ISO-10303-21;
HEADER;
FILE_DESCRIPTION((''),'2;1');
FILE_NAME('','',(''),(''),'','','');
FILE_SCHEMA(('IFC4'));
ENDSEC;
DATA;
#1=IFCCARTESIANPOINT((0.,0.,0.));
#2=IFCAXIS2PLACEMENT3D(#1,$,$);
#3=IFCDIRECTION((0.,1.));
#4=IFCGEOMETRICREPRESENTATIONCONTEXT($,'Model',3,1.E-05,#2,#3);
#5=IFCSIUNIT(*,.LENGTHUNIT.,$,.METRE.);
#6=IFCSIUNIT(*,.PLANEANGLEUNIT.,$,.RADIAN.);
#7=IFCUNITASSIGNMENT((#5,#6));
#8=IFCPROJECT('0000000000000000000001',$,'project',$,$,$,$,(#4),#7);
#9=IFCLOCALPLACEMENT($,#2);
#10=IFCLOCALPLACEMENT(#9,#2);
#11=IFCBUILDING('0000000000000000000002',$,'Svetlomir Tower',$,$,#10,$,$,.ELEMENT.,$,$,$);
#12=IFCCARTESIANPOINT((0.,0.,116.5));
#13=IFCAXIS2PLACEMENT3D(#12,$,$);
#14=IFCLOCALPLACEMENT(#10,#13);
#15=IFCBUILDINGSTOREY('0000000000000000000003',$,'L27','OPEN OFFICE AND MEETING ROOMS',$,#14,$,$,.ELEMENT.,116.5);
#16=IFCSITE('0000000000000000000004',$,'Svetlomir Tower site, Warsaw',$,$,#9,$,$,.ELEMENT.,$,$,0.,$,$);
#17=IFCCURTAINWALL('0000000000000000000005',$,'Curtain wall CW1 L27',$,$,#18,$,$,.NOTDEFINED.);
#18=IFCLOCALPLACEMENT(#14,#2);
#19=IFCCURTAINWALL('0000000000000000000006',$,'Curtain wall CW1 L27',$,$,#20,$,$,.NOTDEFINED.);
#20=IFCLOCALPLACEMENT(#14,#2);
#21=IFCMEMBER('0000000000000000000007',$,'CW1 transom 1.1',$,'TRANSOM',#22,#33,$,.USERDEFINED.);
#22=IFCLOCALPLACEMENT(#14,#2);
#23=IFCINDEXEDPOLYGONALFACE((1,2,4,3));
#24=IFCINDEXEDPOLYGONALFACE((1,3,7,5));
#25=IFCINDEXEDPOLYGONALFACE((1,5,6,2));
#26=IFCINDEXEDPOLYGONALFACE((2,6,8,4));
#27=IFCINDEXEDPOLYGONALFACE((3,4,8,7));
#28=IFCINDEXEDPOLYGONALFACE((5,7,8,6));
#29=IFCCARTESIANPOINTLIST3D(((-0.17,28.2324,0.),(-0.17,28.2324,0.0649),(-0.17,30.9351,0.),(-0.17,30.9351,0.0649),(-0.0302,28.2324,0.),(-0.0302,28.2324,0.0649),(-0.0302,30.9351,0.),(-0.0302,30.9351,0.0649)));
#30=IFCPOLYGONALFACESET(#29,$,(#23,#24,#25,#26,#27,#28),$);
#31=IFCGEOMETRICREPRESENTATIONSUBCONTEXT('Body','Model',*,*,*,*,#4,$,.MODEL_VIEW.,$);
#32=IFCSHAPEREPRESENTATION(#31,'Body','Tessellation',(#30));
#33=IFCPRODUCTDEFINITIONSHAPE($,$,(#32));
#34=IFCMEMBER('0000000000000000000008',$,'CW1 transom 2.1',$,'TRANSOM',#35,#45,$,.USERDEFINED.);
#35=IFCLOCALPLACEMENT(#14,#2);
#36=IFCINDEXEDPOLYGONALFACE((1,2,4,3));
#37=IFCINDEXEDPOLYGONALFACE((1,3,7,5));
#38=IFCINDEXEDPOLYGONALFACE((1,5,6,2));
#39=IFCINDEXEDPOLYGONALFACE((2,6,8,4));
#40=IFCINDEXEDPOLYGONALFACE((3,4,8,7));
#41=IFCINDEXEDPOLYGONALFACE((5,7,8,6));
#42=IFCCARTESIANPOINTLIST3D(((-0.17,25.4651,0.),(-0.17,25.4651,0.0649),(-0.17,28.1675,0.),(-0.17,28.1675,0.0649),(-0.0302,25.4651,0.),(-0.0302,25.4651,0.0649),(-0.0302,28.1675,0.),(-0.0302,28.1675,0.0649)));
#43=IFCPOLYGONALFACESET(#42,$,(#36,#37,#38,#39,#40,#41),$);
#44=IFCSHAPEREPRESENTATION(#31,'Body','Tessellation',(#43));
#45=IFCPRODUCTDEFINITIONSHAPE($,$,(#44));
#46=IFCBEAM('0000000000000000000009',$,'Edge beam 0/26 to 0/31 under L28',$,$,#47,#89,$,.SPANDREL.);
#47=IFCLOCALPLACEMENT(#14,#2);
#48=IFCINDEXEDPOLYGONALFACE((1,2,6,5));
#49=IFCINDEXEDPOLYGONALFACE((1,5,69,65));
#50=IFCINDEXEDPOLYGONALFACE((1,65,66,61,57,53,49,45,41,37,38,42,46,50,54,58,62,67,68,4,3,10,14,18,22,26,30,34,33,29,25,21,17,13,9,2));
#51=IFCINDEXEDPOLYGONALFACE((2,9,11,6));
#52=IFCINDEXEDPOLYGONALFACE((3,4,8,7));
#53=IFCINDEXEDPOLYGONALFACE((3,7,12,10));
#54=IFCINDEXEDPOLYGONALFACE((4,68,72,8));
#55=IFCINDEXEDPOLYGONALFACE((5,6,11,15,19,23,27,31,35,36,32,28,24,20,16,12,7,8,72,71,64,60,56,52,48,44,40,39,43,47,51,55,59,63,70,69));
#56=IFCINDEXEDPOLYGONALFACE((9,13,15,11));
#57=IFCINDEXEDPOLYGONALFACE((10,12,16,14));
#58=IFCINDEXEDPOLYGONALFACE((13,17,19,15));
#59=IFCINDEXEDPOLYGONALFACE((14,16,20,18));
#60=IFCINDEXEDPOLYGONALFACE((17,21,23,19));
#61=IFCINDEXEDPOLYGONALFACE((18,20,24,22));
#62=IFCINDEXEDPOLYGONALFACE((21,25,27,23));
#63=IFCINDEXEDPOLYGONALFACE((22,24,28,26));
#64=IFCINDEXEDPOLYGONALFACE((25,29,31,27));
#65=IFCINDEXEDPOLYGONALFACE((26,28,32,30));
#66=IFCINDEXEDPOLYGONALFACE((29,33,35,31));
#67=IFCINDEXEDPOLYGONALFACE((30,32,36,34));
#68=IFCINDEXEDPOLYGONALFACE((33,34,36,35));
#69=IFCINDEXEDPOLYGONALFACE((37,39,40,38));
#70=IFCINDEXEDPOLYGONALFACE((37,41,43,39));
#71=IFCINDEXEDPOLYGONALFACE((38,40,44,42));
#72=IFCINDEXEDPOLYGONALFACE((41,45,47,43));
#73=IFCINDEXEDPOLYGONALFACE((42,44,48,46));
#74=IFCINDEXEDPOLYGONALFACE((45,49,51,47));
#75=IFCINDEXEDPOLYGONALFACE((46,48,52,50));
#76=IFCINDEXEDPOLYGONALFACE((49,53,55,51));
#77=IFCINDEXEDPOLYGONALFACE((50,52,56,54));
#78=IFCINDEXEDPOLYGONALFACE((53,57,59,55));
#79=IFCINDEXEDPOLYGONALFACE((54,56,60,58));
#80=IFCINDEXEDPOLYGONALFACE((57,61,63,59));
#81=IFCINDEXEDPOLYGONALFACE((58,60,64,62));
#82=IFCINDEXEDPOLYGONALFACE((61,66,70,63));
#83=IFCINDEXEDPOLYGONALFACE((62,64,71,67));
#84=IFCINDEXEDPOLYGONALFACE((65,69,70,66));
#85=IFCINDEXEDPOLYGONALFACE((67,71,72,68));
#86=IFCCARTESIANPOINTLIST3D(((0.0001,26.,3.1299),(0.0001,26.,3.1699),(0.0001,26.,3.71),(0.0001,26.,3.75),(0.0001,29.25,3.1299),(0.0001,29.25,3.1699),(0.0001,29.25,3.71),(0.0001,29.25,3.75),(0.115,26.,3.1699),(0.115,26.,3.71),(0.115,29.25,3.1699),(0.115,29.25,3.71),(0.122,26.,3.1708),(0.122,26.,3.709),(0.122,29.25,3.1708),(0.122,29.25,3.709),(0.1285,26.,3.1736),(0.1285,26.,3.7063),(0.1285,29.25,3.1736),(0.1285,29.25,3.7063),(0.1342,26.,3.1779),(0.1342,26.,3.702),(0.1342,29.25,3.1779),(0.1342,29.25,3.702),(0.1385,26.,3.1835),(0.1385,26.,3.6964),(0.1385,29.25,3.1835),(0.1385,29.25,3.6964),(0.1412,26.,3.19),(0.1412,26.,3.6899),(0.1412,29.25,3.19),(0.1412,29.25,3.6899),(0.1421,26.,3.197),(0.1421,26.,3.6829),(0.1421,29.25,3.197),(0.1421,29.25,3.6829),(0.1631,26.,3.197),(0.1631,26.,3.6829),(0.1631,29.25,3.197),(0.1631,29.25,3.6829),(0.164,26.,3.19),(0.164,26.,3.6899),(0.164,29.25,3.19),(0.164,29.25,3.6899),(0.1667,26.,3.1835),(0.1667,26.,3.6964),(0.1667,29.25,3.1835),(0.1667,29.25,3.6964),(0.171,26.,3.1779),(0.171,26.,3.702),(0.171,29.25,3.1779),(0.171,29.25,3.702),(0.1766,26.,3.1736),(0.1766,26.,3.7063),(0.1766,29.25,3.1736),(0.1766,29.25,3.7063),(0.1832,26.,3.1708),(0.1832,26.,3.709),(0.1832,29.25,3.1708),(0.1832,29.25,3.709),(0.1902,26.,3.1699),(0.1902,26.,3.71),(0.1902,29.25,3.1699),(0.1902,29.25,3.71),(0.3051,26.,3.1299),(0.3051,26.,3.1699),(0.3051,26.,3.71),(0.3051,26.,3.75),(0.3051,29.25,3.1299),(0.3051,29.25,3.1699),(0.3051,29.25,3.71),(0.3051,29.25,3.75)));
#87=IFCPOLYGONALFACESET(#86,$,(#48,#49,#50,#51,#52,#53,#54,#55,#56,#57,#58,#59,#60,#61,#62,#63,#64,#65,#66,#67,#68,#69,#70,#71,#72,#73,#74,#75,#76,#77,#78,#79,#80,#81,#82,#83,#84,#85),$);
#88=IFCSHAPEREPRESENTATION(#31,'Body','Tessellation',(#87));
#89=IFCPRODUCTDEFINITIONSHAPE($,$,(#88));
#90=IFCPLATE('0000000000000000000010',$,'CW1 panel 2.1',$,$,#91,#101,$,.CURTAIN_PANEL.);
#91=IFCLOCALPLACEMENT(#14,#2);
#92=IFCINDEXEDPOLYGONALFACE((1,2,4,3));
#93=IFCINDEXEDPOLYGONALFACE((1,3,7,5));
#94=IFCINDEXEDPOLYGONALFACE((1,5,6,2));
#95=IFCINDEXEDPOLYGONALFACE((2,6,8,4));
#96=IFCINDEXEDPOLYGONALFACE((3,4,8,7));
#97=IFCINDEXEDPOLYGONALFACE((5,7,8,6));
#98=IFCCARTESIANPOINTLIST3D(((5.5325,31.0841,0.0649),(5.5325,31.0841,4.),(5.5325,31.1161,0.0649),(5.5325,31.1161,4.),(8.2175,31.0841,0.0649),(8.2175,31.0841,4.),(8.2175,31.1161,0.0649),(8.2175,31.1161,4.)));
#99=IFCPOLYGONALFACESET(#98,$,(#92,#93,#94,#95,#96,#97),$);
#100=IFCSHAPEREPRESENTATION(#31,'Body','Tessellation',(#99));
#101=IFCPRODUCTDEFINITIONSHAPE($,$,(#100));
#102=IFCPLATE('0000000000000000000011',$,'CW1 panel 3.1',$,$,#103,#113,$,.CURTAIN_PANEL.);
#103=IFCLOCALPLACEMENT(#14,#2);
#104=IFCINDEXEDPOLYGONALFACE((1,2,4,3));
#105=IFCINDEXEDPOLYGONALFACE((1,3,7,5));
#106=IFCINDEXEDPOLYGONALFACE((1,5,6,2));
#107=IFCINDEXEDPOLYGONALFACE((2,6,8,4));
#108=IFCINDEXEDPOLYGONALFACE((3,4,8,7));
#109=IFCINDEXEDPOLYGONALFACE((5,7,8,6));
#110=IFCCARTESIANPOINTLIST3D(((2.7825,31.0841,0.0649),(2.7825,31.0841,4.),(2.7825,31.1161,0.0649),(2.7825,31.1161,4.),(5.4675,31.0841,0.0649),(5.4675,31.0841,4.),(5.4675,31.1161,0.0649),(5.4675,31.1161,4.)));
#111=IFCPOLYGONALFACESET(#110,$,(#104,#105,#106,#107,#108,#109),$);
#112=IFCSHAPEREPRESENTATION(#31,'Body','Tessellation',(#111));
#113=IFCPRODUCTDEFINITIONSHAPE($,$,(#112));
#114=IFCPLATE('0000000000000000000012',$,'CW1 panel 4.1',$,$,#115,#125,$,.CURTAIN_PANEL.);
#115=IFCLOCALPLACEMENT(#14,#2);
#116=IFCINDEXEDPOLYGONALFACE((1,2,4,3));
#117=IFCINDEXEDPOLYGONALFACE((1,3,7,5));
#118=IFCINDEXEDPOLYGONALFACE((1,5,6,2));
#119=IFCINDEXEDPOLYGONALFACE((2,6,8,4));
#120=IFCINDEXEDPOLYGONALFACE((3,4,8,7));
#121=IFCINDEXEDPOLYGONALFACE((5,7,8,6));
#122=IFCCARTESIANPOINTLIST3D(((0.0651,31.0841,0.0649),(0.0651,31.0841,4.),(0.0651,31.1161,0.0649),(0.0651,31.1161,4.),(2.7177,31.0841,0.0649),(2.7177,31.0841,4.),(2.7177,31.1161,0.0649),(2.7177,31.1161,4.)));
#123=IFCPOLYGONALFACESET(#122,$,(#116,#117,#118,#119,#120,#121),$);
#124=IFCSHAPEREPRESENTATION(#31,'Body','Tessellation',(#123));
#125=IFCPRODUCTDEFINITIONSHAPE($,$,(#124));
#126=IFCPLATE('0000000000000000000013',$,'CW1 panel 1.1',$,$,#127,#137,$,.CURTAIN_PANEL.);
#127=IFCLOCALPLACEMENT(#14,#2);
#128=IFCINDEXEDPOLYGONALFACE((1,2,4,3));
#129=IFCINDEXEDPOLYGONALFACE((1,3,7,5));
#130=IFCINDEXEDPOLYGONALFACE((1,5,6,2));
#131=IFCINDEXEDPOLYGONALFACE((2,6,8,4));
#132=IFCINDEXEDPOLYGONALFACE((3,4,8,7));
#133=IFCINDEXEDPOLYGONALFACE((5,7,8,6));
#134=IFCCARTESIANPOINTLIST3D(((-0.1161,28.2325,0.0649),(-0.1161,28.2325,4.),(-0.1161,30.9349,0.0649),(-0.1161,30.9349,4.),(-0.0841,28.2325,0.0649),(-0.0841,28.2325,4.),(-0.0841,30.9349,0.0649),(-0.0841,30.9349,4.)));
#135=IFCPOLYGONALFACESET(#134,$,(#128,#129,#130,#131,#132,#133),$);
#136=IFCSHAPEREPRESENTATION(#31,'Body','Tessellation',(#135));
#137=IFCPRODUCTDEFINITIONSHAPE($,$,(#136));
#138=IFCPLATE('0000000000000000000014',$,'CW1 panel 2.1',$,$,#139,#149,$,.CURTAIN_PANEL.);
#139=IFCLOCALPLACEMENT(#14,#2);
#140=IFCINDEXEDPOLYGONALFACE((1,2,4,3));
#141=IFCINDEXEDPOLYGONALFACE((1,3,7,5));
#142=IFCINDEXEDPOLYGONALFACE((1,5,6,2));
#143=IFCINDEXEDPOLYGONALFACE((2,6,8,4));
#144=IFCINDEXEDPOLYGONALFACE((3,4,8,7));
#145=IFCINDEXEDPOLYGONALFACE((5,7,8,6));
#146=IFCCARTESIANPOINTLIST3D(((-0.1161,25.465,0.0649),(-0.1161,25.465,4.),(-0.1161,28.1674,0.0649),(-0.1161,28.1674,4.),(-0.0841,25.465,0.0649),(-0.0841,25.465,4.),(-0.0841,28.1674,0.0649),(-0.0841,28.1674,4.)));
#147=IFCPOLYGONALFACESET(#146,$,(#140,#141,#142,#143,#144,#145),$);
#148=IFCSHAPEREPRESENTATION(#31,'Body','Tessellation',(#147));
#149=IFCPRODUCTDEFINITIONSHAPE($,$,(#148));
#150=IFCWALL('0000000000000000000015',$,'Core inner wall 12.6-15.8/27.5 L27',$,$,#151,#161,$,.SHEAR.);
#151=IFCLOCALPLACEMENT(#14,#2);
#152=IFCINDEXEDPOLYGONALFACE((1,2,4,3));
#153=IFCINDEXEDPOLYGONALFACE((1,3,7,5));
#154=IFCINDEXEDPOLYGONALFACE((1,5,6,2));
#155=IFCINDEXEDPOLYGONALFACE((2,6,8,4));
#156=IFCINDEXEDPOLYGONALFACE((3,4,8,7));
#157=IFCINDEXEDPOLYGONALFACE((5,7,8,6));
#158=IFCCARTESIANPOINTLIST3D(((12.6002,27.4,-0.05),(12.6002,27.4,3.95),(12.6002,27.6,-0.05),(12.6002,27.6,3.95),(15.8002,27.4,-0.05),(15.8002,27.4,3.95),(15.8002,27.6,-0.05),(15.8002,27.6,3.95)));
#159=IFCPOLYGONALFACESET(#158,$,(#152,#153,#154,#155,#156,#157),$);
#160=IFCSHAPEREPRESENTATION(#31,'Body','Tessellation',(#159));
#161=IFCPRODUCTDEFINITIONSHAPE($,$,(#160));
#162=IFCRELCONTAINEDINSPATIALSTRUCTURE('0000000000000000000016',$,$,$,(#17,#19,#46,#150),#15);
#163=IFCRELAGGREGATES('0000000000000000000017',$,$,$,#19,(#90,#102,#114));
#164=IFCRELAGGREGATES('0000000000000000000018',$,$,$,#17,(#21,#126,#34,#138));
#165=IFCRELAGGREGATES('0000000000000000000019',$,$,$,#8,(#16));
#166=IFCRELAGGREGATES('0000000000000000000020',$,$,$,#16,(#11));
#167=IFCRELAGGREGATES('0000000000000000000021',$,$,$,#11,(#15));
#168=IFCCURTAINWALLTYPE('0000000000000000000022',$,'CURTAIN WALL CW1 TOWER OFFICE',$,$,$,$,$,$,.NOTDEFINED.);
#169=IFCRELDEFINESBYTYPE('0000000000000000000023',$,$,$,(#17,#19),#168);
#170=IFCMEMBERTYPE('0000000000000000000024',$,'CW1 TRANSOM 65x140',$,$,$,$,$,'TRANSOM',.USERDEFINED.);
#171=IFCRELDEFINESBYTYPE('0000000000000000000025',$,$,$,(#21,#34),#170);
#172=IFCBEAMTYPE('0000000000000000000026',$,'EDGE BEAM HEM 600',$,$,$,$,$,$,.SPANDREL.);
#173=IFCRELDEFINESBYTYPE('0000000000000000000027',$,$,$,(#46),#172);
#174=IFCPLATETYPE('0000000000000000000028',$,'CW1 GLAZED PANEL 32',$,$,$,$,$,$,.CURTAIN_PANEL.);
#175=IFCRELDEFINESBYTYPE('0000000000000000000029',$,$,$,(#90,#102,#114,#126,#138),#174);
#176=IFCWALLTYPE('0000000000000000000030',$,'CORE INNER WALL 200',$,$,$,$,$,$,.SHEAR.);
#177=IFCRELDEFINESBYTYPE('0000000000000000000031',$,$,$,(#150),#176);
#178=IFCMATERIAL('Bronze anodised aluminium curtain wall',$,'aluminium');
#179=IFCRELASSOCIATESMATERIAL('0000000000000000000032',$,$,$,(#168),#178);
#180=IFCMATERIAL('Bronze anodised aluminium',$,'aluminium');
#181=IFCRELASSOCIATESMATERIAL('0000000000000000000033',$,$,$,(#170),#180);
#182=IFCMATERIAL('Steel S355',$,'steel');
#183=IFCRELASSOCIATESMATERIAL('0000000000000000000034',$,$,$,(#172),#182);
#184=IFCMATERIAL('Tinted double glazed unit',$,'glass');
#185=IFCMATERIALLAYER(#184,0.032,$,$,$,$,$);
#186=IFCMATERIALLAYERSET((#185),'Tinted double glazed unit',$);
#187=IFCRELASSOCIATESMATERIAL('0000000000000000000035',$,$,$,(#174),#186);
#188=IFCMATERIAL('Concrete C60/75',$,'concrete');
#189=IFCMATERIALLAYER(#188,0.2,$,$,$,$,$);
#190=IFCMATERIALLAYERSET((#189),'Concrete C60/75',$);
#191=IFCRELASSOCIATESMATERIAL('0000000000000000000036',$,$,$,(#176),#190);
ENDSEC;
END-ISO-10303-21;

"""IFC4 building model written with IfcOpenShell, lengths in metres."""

from ifc_helpers import new_model, si_unit, direction, frame, frame_2d, origin, origin_2d, place, context, subcontext, project, spatial, rectangle, i_section, extrude, material, layer, layer_set, material_profile, profile_set, type_object, element, aggregate, save


model = new_model("IFC4")

# Units and contexts
model_context = context("Model", 3, precision=1e-05, world=origin(), true_north=direction((0.0, 1.0)))
body_context = subcontext(model_context, "Body", "Model", "MODEL_VIEW")
ifc_project = project(units=[si_unit("LENGTHUNIT", "METRE"), si_unit("PLANEANGLEUNIT", "RADIAN")], contexts=[model_context])

# Site, building, storey
site_placement = place(None, origin())
site = spatial("IfcSite", under=ifc_project, at=site_placement, Name="Svetlomir Tower site, Warsaw", CompositionType="ELEMENT", RefElevation=0.0)
building_placement = place(site_placement, origin())
building = spatial("IfcBuilding", under=site, at=building_placement, Name="Svetlomir Tower", CompositionType="ELEMENT")
storey_placement = place(building_placement, frame((0.0, 0.0, 116.5)))
storey = spatial("IfcBuildingStorey", under=building, at=storey_placement, Name="L27", Description="OPEN OFFICE AND MEETING ROOMS", CompositionType="ELEMENT", Elevation=116.5)

# Curtain wall
ifc_material_1 = material(Name="Bronze anodised aluminium curtain wall", Category="aluminium")
curtain_wall_type = type_object("IfcCurtainWallType", Name="CURTAIN WALL CW1 TOWER OFFICE", PredefinedType="NOTDEFINED", material=ifc_material_1)
curtain_wall_1_placement = place(storey_placement, origin())
curtain_wall_1 = element("IfcCurtainWall", 1, at=curtain_wall_1_placement, inside=storey, type_object=curtain_wall_type, Name="Curtain wall CW1 L27", PredefinedType="NOTDEFINED")

# Curtain wall
curtain_wall_2_placement = place(storey_placement, origin())
curtain_wall_2 = element("IfcCurtainWall", 2, at=curtain_wall_2_placement, inside=storey, type_object=curtain_wall_type, Name="Curtain wall CW1 L27", PredefinedType="NOTDEFINED")

# Members
ifc_material_2 = material(Name="Bronze anodised aluminium", Category="aluminium")
ifc_material_profile_1 = material_profile(ifc_material_2, rectangle(XDim=0.1399, YDim=0.0649, at=origin_2d()), Name="AL 140x65")
ifc_profile_set_1 = profile_set([ifc_material_profile_1], Name="Bronze anodised aluminium 6063-T6")
member_type_1 = type_object("IfcMemberType", Name="CW1 TRANSOM 65x140", ElementType="TRANSOM", PredefinedType="USERDEFINED", material=ifc_profile_set_1)
member_1_placement = place(storey_placement, frame((-0.1001, 30.9351, 0.0325), z_axis=(0.0, -1.0, 0.0), x_axis=(1.0, 0.0, 0.0)))
member_1 = element("IfcMember", 3, at=member_1_placement, type_object=member_type_1, Name="CW1 transom 1.1", ObjectType="TRANSOM", PredefinedType="USERDEFINED", context=body_context, shape_type="SweptSolid", body=[
    extrude(rectangle(XDim=0.1399, YDim=0.0649, at=origin_2d()), origin(), (0.0, 0.0, 1.0), 2.7026),
])
member_2_placement = place(storey_placement, frame((-0.1001, 28.1675, 0.0325), z_axis=(0.0, -1.0, 0.0), x_axis=(1.0, 0.0, 0.0)))
member_2 = element("IfcMember", 4, at=member_2_placement, type_object=member_type_1, Name="CW1 transom 2.1", ObjectType="TRANSOM", PredefinedType="USERDEFINED", context=body_context, shape_type="SweptSolid", body=[
    extrude(rectangle(XDim=0.1399, YDim=0.0649, at=origin_2d()), origin(), (0.0, 0.0, 1.0), 2.7024),
])

# Beam
ifc_material_3 = material(Name="Steel S355", Category="steel")
ifc_material_profile_2 = material_profile(ifc_material_3, i_section(OverallWidth=0.3049, OverallDepth=0.6201, WebThickness=0.021, FlangeThickness=0.04, FilletRadius=0.0271, at=origin_2d()), Name="HEM 600")
ifc_profile_set_2 = profile_set([ifc_material_profile_2], Name="Steel S355")
beam_type_1 = type_object("IfcBeamType", Name="EDGE BEAM HEM 600", PredefinedType="SPANDREL", material=ifc_profile_set_2)
beam_1_placement = place(storey_placement, frame((0.1526, 26.0, 3.4399), z_axis=(0.0, 1.0, 0.0), x_axis=(-1.0, 0.0, 0.0)))
element("IfcBeam", 5, at=beam_1_placement, inside=storey, type_object=beam_type_1, Name="Edge beam 0/26 to 0/31 under L28", PredefinedType="SPANDREL", context=body_context, shape_type="SweptSolid", body=[
    extrude(i_section(OverallWidth=0.3049, OverallDepth=0.6201, WebThickness=0.021, FlangeThickness=0.04, FilletRadius=0.0271, at=origin_2d()), origin(), (0.0, 0.0, 1.0), 3.25),
])

# Plates
ifc_material_4 = material(Name="Tinted double glazed unit", Category="glass")
ifc_layer_1 = layer(ifc_material_4, 0.032)
ifc_layer_set_1 = layer_set([ifc_layer_1], Name="Tinted double glazed unit")
plate_type = type_object("IfcPlateType", Name="CW1 GLAZED PANEL 32", PredefinedType="CURTAIN_PANEL", material=ifc_layer_set_1)
plate_1_placement = place(storey_placement, frame((6.875, 31.1001, 0.0649), z_axis=(0.0, 0.0, 1.0), x_axis=(-1.0, 0.0, 0.0)))
plate_1 = element("IfcPlate", 6, at=plate_1_placement, type_object=plate_type, Name="CW1 panel 2.1", PredefinedType="CURTAIN_PANEL", context=body_context, shape_type="SweptSolid", body=[
    extrude(rectangle(XDim=2.6851, YDim=0.032, at=origin_2d()), origin(), (0.0, 0.0, 1.0), 3.9351),
])
plate_2_placement = place(storey_placement, frame((4.125, 31.1001, 0.0649), z_axis=(0.0, 0.0, 1.0), x_axis=(-1.0, 0.0, 0.0)))
plate_2 = element("IfcPlate", 7, at=plate_2_placement, type_object=plate_type, Name="CW1 panel 3.1", PredefinedType="CURTAIN_PANEL", context=body_context, shape_type="SweptSolid", body=[
    extrude(rectangle(XDim=2.6851, YDim=0.032, at=origin_2d()), origin(), (0.0, 0.0, 1.0), 3.9351),
])
plate_3_placement = place(storey_placement, frame((1.3914, 31.1001, 0.0649), z_axis=(0.0, 0.0, 1.0), x_axis=(-1.0, 0.0, 0.0)))
plate_3 = element("IfcPlate", 8, at=plate_3_placement, type_object=plate_type, Name="CW1 panel 4.1", PredefinedType="CURTAIN_PANEL", context=body_context, shape_type="SweptSolid", body=[
    extrude(rectangle(XDim=2.6526, YDim=0.032, at=origin_2d()), origin(), (0.0, 0.0, 1.0), 3.9351),
])
aggregate(curtain_wall_2, [plate_1, plate_2, plate_3])
plate_4_placement = place(storey_placement, frame((-0.1001, 29.5837, 0.0649), z_axis=(0.0, 0.0, 1.0), x_axis=(0.0, -1.0, 0.0)))
plate_4 = element("IfcPlate", 9, at=plate_4_placement, type_object=plate_type, Name="CW1 panel 1.1", PredefinedType="CURTAIN_PANEL", context=body_context, shape_type="SweptSolid", body=[
    extrude(rectangle(XDim=2.7024, YDim=0.032, at=origin_2d()), origin(), (0.0, 0.0, 1.0), 3.9351),
])
plate_5_placement = place(storey_placement, frame((-0.1001, 26.8162, 0.0649), z_axis=(0.0, 0.0, 1.0), x_axis=(0.0, -1.0, 0.0)))
plate_5 = element("IfcPlate", 10, at=plate_5_placement, type_object=plate_type, Name="CW1 panel 2.1", PredefinedType="CURTAIN_PANEL", context=body_context, shape_type="SweptSolid", body=[
    extrude(rectangle(XDim=2.7024, YDim=0.032, at=origin_2d()), origin(), (0.0, 0.0, 1.0), 3.9351),
])
aggregate(curtain_wall_1, [member_1, plate_4, member_2, plate_5])

# Wall
ifc_material_5 = material(Name="Concrete C60/75", Category="concrete")
ifc_layer_2 = layer(ifc_material_5, 0.2)
ifc_layer_set_2 = layer_set([ifc_layer_2], Name="Concrete C60/75")
wall_type_1 = type_object("IfcWallType", Name="CORE INNER WALL 200", PredefinedType="SHEAR", material=ifc_layer_set_2)
wall_1_placement = place(storey_placement, frame((12.6001, 27.5, -0.05), z_axis=(0.0, 0.0, 1.0), x_axis=(1.0, 0.0, 0.0)))
element("IfcWall", 11, at=wall_1_placement, inside=storey, type_object=wall_type_1, Name="Core inner wall 12.6-15.8/27.5 L27", PredefinedType="SHEAR", context=body_context, shape_type="SweptSolid", body=[
    extrude(rectangle(XDim=3.2, YDim=0.2, at=frame_2d((1.6001, 0.0))), origin(), (0.0, 0.0, 1.0), 4.0),
])

save(model, "model.ifc")
